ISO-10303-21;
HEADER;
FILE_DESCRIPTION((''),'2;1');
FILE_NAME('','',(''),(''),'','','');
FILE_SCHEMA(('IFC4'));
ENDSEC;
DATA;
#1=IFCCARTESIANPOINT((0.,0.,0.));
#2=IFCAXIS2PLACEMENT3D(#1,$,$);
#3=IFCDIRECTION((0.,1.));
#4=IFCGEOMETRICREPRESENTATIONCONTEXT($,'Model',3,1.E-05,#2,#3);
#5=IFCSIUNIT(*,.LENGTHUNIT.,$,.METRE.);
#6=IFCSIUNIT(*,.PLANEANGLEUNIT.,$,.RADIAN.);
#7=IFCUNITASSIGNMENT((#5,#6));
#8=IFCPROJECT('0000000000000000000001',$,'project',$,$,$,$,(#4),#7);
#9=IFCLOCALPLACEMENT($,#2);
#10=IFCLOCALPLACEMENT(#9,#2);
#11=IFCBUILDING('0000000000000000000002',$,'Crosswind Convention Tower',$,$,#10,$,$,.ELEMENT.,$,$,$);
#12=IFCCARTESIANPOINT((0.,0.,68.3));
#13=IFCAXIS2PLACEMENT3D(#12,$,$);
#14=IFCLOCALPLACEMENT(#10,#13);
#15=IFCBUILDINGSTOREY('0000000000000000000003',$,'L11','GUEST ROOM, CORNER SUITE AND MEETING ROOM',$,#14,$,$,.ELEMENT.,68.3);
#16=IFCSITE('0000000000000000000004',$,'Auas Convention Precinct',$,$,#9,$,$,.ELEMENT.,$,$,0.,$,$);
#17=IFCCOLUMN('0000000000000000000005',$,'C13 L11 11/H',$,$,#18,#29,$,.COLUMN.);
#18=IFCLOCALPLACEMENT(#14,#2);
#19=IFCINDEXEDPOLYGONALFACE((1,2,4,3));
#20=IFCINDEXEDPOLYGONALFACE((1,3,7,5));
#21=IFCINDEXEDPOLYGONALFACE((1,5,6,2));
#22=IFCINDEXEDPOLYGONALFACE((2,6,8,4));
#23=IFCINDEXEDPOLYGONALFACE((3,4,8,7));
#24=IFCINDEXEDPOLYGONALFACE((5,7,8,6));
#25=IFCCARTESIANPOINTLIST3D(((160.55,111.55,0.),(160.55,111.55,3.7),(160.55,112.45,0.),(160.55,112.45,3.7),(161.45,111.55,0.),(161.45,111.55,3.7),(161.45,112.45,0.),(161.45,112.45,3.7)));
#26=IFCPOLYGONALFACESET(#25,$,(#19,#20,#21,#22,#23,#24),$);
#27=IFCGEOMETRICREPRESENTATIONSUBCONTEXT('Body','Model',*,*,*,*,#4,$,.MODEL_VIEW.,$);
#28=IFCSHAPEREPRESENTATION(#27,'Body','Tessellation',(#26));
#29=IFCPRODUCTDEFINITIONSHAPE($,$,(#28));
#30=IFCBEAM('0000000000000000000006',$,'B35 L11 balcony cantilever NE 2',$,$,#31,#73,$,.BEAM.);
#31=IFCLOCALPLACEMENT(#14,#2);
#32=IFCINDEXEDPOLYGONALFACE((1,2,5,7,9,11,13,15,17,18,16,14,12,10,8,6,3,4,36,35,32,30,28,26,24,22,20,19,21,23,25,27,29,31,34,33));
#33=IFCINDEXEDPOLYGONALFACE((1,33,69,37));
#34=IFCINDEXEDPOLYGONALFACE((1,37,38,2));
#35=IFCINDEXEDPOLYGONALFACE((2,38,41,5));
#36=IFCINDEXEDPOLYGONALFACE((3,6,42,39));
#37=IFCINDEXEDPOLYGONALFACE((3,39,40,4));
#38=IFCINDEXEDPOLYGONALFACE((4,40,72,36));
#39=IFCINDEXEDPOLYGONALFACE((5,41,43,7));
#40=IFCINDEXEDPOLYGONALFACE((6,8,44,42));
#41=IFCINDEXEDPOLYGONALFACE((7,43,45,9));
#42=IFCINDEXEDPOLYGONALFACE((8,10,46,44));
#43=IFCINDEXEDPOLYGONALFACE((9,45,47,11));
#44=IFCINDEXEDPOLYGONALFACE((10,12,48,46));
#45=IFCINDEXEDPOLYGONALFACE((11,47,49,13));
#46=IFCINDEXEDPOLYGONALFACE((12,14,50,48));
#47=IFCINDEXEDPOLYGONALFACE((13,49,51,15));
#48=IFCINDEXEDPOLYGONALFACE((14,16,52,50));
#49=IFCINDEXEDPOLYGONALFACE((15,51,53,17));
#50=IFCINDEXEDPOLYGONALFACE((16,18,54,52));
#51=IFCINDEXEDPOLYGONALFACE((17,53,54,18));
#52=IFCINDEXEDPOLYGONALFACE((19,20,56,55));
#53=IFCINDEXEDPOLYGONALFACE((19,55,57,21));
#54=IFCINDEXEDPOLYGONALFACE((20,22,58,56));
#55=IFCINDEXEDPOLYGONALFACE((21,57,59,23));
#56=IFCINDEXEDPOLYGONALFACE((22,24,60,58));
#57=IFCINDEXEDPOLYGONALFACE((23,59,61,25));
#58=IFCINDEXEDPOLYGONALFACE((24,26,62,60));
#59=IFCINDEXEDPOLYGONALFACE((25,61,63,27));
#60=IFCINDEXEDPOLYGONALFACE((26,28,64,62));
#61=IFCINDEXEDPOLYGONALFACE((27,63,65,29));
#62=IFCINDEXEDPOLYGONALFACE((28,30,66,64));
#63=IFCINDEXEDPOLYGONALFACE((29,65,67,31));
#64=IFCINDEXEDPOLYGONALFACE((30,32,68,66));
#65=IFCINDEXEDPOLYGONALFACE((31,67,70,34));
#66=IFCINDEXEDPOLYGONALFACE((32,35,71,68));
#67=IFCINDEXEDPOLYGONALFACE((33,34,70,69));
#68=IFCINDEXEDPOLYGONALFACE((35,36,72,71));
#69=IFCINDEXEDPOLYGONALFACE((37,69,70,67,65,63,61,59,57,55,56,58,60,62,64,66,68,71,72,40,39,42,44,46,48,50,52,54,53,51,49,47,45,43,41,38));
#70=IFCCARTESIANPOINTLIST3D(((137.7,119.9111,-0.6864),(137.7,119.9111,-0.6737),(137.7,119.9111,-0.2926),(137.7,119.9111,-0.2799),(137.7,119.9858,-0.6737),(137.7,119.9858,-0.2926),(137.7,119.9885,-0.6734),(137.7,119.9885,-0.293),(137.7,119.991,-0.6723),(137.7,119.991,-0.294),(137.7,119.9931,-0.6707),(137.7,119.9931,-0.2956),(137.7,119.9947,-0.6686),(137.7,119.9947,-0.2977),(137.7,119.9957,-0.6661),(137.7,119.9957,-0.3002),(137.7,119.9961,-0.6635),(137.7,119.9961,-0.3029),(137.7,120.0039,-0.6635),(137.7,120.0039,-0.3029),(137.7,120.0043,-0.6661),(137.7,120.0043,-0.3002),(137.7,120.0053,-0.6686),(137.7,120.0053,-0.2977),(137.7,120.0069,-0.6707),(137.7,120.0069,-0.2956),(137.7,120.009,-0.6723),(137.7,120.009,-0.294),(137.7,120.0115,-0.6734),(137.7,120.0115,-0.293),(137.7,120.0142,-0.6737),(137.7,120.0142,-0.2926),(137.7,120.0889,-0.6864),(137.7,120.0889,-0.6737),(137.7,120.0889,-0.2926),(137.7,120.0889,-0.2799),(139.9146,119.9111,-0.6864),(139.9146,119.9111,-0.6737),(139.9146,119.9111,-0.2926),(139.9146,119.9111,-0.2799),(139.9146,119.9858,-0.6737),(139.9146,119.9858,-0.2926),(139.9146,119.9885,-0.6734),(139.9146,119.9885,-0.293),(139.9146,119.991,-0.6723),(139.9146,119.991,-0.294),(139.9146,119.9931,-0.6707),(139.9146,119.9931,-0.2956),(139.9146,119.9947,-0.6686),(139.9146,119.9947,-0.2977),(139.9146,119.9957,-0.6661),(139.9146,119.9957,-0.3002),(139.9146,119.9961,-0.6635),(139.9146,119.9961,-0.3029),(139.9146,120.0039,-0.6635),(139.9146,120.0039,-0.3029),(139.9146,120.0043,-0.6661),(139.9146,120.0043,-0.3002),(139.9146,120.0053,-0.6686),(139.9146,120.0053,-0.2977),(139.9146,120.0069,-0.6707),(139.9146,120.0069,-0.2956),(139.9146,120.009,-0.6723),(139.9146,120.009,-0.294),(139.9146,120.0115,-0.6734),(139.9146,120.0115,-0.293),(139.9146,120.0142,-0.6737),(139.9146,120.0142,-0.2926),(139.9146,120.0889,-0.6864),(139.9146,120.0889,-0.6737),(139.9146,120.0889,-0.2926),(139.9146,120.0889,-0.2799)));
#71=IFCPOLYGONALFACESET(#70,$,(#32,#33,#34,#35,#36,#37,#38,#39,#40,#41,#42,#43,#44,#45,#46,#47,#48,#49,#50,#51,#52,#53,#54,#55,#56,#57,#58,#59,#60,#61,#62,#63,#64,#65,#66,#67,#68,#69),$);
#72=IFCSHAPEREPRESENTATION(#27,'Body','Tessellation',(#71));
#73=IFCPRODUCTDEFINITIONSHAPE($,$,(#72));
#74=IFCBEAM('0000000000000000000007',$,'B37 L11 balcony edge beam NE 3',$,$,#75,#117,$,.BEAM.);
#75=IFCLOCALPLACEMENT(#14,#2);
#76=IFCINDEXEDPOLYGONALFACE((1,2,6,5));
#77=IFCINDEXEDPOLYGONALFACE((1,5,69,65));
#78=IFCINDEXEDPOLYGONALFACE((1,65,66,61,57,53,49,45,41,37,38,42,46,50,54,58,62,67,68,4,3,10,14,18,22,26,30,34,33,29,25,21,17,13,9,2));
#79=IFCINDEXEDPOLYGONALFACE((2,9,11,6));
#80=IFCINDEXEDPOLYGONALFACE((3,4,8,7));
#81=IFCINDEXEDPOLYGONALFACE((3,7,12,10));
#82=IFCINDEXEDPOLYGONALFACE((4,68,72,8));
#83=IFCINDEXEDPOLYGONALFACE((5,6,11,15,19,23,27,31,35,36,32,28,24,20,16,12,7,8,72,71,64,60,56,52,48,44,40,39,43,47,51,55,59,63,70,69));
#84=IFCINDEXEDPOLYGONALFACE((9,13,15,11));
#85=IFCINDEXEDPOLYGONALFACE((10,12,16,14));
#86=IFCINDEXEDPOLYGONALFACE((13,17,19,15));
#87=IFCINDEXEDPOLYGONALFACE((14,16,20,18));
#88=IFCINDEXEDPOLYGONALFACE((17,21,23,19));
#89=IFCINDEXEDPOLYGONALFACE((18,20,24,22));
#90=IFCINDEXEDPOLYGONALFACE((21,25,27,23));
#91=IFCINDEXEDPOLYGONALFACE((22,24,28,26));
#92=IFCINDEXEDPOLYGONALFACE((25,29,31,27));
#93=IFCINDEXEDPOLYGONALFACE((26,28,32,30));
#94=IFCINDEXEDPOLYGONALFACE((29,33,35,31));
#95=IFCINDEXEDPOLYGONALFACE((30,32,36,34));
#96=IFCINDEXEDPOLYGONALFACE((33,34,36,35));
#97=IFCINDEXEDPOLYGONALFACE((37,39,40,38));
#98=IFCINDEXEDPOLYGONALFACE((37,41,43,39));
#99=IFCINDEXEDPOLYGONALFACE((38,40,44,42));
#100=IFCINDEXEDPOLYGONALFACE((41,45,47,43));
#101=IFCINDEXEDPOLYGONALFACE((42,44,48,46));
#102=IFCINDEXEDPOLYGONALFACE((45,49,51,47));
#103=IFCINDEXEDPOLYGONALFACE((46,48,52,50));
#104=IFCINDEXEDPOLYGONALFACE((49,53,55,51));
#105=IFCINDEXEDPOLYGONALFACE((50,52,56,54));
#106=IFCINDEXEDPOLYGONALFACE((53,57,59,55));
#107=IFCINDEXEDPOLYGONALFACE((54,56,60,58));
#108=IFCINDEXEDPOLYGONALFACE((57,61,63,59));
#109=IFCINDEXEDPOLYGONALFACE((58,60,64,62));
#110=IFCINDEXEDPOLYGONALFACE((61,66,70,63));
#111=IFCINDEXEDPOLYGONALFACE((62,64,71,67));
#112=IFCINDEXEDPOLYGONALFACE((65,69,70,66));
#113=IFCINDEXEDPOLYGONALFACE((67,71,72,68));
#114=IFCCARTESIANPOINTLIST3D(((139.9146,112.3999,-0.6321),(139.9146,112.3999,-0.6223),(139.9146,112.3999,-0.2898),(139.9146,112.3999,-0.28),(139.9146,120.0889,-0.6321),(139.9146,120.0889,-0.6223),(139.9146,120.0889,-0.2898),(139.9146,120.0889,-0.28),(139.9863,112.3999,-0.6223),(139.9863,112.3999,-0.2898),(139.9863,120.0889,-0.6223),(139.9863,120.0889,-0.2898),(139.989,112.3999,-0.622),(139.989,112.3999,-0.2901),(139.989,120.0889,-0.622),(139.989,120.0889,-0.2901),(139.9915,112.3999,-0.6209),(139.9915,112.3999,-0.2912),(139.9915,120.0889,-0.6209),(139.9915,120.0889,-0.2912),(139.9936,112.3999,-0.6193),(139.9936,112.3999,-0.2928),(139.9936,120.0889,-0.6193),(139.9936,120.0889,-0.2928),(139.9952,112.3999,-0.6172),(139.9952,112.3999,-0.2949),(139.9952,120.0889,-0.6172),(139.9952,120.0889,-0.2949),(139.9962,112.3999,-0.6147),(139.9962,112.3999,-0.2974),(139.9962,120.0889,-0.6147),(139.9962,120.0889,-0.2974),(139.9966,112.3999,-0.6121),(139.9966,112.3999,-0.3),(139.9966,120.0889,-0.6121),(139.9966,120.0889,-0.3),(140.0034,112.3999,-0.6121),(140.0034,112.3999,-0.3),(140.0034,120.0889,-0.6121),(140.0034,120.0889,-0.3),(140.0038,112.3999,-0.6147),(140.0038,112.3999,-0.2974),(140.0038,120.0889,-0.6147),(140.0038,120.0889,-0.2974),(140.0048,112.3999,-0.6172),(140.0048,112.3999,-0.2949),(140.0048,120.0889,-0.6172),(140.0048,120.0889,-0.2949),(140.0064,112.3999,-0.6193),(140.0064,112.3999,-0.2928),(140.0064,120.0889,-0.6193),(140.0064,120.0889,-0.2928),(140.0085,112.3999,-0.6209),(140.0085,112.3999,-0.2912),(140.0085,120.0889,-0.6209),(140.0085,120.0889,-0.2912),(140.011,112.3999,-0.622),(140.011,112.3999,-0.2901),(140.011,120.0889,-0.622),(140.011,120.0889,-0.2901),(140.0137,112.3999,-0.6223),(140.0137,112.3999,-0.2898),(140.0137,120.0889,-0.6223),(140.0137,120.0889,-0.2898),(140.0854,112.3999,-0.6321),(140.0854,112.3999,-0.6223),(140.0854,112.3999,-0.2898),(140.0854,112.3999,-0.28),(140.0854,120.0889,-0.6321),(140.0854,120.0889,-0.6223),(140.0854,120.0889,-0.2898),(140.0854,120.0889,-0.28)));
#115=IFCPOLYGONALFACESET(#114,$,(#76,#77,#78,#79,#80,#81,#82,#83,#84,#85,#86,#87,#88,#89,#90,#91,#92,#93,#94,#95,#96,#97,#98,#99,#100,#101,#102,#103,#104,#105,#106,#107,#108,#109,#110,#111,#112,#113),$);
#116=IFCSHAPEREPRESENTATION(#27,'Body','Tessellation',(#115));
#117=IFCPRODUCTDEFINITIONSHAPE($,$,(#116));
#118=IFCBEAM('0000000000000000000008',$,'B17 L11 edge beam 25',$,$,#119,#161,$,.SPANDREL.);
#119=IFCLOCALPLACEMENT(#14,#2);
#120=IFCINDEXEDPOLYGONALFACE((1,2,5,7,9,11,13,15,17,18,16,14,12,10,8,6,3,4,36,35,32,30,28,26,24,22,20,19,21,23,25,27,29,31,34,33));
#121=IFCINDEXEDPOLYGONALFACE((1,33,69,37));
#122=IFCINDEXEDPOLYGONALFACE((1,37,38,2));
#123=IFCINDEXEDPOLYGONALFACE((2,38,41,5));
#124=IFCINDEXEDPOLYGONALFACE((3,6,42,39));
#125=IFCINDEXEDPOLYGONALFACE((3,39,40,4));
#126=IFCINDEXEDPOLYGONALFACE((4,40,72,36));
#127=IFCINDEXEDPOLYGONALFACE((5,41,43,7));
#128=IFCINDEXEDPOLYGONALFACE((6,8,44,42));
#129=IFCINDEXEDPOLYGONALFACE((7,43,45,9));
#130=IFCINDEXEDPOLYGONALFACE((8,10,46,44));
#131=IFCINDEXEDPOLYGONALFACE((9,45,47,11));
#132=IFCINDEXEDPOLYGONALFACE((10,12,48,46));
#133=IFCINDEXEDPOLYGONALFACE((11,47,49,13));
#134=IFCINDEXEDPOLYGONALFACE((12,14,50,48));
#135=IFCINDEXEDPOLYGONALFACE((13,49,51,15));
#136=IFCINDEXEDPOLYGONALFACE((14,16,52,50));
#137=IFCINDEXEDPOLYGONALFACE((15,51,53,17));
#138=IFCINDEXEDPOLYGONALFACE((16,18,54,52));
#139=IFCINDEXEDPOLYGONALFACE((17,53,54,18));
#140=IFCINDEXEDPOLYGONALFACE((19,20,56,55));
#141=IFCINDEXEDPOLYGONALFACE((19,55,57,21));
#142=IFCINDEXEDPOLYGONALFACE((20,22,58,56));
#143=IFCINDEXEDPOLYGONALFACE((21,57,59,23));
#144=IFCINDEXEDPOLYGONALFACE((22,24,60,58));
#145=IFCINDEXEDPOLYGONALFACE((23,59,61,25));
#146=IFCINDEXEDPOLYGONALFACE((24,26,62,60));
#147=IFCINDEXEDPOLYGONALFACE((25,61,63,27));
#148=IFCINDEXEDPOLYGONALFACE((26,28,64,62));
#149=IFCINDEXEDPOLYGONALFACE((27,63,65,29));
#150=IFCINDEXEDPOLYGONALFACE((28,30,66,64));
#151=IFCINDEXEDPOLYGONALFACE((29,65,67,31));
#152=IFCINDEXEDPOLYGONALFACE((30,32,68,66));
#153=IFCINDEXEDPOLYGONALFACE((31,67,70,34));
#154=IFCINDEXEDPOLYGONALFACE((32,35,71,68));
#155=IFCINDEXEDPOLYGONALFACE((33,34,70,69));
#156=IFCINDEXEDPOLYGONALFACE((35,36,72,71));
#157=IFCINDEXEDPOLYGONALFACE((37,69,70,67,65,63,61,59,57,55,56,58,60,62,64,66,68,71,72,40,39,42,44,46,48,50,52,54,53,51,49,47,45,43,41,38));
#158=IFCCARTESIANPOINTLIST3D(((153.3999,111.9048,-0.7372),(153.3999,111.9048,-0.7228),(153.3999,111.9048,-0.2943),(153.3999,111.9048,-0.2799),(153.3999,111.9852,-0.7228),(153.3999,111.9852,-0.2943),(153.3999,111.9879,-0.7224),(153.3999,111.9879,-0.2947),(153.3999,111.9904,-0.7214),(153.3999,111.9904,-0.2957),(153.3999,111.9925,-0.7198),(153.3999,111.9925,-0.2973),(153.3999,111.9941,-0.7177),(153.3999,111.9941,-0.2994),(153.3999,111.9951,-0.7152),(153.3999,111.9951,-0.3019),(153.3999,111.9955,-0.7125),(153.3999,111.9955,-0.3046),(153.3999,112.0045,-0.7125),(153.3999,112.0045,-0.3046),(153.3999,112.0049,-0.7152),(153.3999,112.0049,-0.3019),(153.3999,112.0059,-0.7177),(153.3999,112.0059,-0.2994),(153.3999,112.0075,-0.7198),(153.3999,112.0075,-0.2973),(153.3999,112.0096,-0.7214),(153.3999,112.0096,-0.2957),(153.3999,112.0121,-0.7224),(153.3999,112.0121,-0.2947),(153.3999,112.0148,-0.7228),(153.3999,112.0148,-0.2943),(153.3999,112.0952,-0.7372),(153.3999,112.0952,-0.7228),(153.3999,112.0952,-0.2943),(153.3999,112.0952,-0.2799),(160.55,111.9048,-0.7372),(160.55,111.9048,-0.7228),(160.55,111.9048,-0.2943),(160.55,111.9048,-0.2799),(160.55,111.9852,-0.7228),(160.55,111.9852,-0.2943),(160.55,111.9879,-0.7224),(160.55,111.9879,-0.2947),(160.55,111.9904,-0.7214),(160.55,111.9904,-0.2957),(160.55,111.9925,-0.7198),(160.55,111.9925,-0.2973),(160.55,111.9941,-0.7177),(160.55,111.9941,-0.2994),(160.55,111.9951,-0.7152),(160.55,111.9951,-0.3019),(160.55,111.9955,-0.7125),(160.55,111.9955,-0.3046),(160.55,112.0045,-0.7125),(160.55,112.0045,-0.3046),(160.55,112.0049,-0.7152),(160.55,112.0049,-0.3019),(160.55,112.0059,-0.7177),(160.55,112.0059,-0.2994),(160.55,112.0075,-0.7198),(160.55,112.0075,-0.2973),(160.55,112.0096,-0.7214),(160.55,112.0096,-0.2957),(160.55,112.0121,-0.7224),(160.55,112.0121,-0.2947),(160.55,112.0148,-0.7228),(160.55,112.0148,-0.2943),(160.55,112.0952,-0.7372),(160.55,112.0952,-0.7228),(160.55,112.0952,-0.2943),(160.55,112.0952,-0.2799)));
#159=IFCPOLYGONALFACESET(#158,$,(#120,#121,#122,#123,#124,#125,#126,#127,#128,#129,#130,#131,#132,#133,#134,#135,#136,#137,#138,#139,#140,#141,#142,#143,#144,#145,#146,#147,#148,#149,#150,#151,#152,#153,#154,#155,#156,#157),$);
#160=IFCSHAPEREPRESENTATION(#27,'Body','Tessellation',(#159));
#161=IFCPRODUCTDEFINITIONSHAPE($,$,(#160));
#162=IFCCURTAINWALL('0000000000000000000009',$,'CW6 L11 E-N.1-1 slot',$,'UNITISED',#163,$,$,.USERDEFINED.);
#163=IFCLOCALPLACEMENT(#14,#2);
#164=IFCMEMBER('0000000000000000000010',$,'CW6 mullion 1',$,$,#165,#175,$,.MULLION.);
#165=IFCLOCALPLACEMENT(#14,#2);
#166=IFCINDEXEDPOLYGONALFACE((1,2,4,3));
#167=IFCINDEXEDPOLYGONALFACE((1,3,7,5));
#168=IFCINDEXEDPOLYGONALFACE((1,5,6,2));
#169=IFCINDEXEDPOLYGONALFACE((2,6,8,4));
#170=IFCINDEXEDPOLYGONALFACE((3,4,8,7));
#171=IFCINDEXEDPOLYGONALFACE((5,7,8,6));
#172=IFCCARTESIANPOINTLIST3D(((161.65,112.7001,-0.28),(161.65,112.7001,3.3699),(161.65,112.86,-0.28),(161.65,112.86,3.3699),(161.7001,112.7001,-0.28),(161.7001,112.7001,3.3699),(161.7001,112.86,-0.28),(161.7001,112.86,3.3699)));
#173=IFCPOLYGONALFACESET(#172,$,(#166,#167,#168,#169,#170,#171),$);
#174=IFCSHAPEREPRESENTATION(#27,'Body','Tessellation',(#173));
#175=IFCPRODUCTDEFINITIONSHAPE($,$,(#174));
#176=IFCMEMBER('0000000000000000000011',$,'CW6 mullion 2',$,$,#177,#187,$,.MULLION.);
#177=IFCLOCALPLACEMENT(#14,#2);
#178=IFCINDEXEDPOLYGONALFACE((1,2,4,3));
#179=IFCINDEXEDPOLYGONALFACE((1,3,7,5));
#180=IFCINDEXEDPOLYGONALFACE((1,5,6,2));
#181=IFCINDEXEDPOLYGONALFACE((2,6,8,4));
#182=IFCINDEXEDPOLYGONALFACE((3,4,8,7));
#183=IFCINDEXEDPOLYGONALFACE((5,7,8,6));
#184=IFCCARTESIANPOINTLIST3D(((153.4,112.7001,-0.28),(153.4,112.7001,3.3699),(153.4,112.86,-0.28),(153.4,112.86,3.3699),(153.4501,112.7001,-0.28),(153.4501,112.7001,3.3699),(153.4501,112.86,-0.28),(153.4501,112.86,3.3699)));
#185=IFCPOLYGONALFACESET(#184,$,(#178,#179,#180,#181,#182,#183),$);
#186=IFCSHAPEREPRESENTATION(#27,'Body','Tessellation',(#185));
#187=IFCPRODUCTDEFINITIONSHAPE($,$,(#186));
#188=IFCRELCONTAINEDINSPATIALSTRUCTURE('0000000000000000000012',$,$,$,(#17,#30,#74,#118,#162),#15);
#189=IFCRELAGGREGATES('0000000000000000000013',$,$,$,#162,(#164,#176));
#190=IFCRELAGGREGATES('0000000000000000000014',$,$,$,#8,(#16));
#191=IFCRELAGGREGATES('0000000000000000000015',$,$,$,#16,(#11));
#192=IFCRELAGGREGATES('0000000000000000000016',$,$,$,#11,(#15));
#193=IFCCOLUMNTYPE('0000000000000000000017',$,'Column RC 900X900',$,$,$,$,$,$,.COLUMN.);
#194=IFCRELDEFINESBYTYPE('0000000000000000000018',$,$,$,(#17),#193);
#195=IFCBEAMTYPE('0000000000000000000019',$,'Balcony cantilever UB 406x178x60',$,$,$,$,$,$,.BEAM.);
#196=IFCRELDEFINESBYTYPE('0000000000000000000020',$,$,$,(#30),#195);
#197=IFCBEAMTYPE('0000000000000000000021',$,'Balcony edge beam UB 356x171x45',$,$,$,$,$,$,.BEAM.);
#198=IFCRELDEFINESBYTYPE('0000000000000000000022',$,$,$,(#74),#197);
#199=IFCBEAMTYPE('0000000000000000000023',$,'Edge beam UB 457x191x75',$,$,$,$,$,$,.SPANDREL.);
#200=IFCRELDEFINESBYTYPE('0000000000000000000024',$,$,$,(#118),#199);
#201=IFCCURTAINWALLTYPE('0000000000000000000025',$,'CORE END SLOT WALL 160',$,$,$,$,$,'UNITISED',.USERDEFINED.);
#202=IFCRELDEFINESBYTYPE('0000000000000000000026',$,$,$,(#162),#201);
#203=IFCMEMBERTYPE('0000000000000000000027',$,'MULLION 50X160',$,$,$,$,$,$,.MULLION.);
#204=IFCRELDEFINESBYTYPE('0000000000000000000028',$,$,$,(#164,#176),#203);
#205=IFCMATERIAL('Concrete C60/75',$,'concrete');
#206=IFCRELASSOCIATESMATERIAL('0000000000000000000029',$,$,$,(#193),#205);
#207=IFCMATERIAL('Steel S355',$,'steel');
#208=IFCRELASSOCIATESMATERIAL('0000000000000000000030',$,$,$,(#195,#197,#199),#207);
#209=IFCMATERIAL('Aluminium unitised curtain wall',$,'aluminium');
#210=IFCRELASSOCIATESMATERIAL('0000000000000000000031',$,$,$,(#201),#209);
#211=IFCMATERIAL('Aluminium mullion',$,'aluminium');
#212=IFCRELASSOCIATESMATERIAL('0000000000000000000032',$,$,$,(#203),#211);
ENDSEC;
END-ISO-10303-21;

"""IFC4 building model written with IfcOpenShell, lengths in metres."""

from ifc_helpers import new_model, si_unit, direction, frame, origin, origin_2d, place, context, subcontext, project, spatial, rectangle, i_section, extrude, material, material_profile, profile_set, type_object, element, aggregate, save


model = new_model("IFC4")

# Units and contexts
model_context = context("Model", 3, precision=1e-05, world=origin(), true_north=direction((0.0, 1.0)))
body_context = subcontext(model_context, "Body", "Model", "MODEL_VIEW")
ifc_project = project(units=[si_unit("LENGTHUNIT", "METRE"), si_unit("PLANEANGLEUNIT", "RADIAN")], contexts=[model_context])

# Site, building, storey
site_placement = place(None, origin())
site = spatial("IfcSite", under=ifc_project, at=site_placement, Name="Auas Convention Precinct", CompositionType="ELEMENT", RefElevation=0.0)
building_placement = place(site_placement, origin())
building = spatial("IfcBuilding", under=site, at=building_placement, Name="Crosswind Convention Tower", CompositionType="ELEMENT")
storey_placement = place(building_placement, frame((0.0, 0.0, 68.3)))
storey = spatial("IfcBuildingStorey", under=building, at=storey_placement, Name="L11", Description="GUEST ROOM, CORNER SUITE AND MEETING ROOM", CompositionType="ELEMENT", Elevation=68.3)

# Column
ifc_material_1 = material(Name="Concrete C60/75", Category="concrete")
ifc_material_profile_1 = material_profile(ifc_material_1, rectangle(XDim=0.8999, YDim=0.8999, at=origin_2d()), Name="RC 900X900")
ifc_profile_set_1 = profile_set([ifc_material_profile_1], Name="Concrete C60/75")
column_type = type_object("IfcColumnType", Name="Column RC 900X900", PredefinedType="COLUMN", material=ifc_profile_set_1)
column_placement = place(storey_placement, frame((161.0, 112.0, 0.0), z_axis=(0.0, 0.0, 1.0), x_axis=(1.0, 0.0, 0.0)))
element("IfcColumn", 1, at=column_placement, inside=storey, type_object=column_type, Name="C13 L11 11/H", PredefinedType="COLUMN", context=body_context, shape_type="SweptSolid", body=[
    extrude(rectangle(XDim=0.8999, YDim=0.8999, at=origin_2d()), origin(), (0.0, 0.0, 1.0), 3.7),
])

# Beams
ifc_material_2 = material(Name="Steel S355", Category="steel")
ifc_material_profile_2 = material_profile(ifc_material_2, i_section(OverallWidth=0.1777, OverallDepth=0.4065, WebThickness=0.0078, FlangeThickness=0.0127, FilletRadius=0.0103, at=origin_2d()), Name="UB 406x178x60")
ifc_profile_set_2 = profile_set([ifc_material_profile_2], Name="Steel S355")
beam_type_1 = type_object("IfcBeamType", Name="Balcony cantilever UB 406x178x60", PredefinedType="BEAM", material=ifc_profile_set_2)
beam_1_placement = place(storey_placement, frame((137.7, 120.0, -0.4832), z_axis=(1.0, 0.0, 0.0), x_axis=(0.0, 1.0, 0.0)))
element("IfcBeam", 2, at=beam_1_placement, inside=storey, type_object=beam_type_1, Name="B35 L11 balcony cantilever NE 2", PredefinedType="BEAM", context=body_context, shape_type="SweptSolid", body=[
    extrude(i_section(OverallWidth=0.1777, OverallDepth=0.4065, WebThickness=0.0078, FlangeThickness=0.0127, FilletRadius=0.0103, at=origin_2d()), origin(), (0.0, 0.0, 1.0), 2.2146),
])
ifc_material_profile_3 = material_profile(ifc_material_2, i_section(OverallWidth=0.1709, OverallDepth=0.3521, WebThickness=0.0068, FlangeThickness=0.0098, FilletRadius=0.0103, at=origin_2d()), Name="UB 356x171x45")
ifc_profile_set_3 = profile_set([ifc_material_profile_3], Name="Steel S355")
beam_type_2 = type_object("IfcBeamType", Name="Balcony edge beam UB 356x171x45", PredefinedType="BEAM", material=ifc_profile_set_3)
beam_2_placement = place(storey_placement, frame((140.0, 112.3999, -0.4561), z_axis=(0.0, 1.0, 0.0), x_axis=(-1.0, 0.0, 0.0)))
element("IfcBeam", 3, at=beam_2_placement, inside=storey, type_object=beam_type_2, Name="B37 L11 balcony edge beam NE 3", PredefinedType="BEAM", context=body_context, shape_type="SweptSolid", body=[
    extrude(i_section(OverallWidth=0.1709, OverallDepth=0.3521, WebThickness=0.0068, FlangeThickness=0.0098, FilletRadius=0.0103, at=origin_2d()), origin(), (0.0, 0.0, 1.0), 7.689),
])
ifc_material_profile_4 = material_profile(ifc_material_2, i_section(OverallWidth=0.1904, OverallDepth=0.4573, WebThickness=0.009, FlangeThickness=0.0144, FilletRadius=0.0103, at=origin_2d()), Name="UB 457x191x75")
ifc_profile_set_4 = profile_set([ifc_material_profile_4], Name="Steel S355")
beam_type_3 = type_object("IfcBeamType", Name="Edge beam UB 457x191x75", PredefinedType="SPANDREL", material=ifc_profile_set_4)
beam_3_placement = place(storey_placement, frame((153.3999, 112.0, -0.5085), z_axis=(1.0, 0.0, 0.0), x_axis=(0.0, 1.0, 0.0)))
element("IfcBeam", 4, at=beam_3_placement, inside=storey, type_object=beam_type_3, Name="B17 L11 edge beam 25", PredefinedType="SPANDREL", context=body_context, shape_type="SweptSolid", body=[
    extrude(i_section(OverallWidth=0.1904, OverallDepth=0.4573, WebThickness=0.009, FlangeThickness=0.0144, FilletRadius=0.0103, at=origin_2d()), origin(), (0.0, 0.0, 1.0), 7.1501),
])

# Curtain wall, members
ifc_material_3 = material(Name="Aluminium unitised curtain wall", Category="aluminium")
curtain_wall_type_1 = type_object("IfcCurtainWallType", Name="CORE END SLOT WALL 160", ElementType="UNITISED", PredefinedType="USERDEFINED", material=ifc_material_3)
curtain_wall_1_placement = place(storey_placement, origin())
curtain_wall_1 = element("IfcCurtainWall", 5, at=curtain_wall_1_placement, inside=storey, type_object=curtain_wall_type_1, Name="CW6 L11 E-N.1-1 slot", ObjectType="UNITISED", PredefinedType="USERDEFINED")
ifc_material_4 = material(Name="Aluminium mullion", Category="aluminium")
ifc_material_profile_5 = material_profile(ifc_material_4, rectangle(XDim=0.1599, YDim=0.05, at=origin_2d()), Name="AL 160X50")
ifc_profile_set_5 = profile_set([ifc_material_profile_5], Name="Aluminium mullion")
member_type_1 = type_object("IfcMemberType", Name="MULLION 50X160", PredefinedType="MULLION", material=ifc_profile_set_5)
member_1_placement = place(storey_placement, frame((161.675, 112.78, -0.28), z_axis=(0.0, 0.0, 1.0), x_axis=(0.0, 1.0, 0.0)))
member_1 = element("IfcMember", 6, at=member_1_placement, type_object=member_type_1, Name="CW6 mullion 1", PredefinedType="MULLION", context=body_context, shape_type="SweptSolid", body=[
    extrude(rectangle(XDim=0.1599, YDim=0.05, at=origin_2d()), origin(), (0.0, 0.0, 1.0), 3.6499),
])
member_2_placement = place(storey_placement, frame((153.425, 112.78, -0.28), z_axis=(0.0, 0.0, 1.0), x_axis=(0.0, 1.0, 0.0)))
member_2 = element("IfcMember", 7, at=member_2_placement, type_object=member_type_1, Name="CW6 mullion 2", PredefinedType="MULLION", context=body_context, shape_type="SweptSolid", body=[
    extrude(rectangle(XDim=0.1599, YDim=0.05, at=origin_2d()), origin(), (0.0, 0.0, 1.0), 3.6499),
])

aggregate(curtain_wall_1, [member_1, member_2])

save(model, "model.ifc")
